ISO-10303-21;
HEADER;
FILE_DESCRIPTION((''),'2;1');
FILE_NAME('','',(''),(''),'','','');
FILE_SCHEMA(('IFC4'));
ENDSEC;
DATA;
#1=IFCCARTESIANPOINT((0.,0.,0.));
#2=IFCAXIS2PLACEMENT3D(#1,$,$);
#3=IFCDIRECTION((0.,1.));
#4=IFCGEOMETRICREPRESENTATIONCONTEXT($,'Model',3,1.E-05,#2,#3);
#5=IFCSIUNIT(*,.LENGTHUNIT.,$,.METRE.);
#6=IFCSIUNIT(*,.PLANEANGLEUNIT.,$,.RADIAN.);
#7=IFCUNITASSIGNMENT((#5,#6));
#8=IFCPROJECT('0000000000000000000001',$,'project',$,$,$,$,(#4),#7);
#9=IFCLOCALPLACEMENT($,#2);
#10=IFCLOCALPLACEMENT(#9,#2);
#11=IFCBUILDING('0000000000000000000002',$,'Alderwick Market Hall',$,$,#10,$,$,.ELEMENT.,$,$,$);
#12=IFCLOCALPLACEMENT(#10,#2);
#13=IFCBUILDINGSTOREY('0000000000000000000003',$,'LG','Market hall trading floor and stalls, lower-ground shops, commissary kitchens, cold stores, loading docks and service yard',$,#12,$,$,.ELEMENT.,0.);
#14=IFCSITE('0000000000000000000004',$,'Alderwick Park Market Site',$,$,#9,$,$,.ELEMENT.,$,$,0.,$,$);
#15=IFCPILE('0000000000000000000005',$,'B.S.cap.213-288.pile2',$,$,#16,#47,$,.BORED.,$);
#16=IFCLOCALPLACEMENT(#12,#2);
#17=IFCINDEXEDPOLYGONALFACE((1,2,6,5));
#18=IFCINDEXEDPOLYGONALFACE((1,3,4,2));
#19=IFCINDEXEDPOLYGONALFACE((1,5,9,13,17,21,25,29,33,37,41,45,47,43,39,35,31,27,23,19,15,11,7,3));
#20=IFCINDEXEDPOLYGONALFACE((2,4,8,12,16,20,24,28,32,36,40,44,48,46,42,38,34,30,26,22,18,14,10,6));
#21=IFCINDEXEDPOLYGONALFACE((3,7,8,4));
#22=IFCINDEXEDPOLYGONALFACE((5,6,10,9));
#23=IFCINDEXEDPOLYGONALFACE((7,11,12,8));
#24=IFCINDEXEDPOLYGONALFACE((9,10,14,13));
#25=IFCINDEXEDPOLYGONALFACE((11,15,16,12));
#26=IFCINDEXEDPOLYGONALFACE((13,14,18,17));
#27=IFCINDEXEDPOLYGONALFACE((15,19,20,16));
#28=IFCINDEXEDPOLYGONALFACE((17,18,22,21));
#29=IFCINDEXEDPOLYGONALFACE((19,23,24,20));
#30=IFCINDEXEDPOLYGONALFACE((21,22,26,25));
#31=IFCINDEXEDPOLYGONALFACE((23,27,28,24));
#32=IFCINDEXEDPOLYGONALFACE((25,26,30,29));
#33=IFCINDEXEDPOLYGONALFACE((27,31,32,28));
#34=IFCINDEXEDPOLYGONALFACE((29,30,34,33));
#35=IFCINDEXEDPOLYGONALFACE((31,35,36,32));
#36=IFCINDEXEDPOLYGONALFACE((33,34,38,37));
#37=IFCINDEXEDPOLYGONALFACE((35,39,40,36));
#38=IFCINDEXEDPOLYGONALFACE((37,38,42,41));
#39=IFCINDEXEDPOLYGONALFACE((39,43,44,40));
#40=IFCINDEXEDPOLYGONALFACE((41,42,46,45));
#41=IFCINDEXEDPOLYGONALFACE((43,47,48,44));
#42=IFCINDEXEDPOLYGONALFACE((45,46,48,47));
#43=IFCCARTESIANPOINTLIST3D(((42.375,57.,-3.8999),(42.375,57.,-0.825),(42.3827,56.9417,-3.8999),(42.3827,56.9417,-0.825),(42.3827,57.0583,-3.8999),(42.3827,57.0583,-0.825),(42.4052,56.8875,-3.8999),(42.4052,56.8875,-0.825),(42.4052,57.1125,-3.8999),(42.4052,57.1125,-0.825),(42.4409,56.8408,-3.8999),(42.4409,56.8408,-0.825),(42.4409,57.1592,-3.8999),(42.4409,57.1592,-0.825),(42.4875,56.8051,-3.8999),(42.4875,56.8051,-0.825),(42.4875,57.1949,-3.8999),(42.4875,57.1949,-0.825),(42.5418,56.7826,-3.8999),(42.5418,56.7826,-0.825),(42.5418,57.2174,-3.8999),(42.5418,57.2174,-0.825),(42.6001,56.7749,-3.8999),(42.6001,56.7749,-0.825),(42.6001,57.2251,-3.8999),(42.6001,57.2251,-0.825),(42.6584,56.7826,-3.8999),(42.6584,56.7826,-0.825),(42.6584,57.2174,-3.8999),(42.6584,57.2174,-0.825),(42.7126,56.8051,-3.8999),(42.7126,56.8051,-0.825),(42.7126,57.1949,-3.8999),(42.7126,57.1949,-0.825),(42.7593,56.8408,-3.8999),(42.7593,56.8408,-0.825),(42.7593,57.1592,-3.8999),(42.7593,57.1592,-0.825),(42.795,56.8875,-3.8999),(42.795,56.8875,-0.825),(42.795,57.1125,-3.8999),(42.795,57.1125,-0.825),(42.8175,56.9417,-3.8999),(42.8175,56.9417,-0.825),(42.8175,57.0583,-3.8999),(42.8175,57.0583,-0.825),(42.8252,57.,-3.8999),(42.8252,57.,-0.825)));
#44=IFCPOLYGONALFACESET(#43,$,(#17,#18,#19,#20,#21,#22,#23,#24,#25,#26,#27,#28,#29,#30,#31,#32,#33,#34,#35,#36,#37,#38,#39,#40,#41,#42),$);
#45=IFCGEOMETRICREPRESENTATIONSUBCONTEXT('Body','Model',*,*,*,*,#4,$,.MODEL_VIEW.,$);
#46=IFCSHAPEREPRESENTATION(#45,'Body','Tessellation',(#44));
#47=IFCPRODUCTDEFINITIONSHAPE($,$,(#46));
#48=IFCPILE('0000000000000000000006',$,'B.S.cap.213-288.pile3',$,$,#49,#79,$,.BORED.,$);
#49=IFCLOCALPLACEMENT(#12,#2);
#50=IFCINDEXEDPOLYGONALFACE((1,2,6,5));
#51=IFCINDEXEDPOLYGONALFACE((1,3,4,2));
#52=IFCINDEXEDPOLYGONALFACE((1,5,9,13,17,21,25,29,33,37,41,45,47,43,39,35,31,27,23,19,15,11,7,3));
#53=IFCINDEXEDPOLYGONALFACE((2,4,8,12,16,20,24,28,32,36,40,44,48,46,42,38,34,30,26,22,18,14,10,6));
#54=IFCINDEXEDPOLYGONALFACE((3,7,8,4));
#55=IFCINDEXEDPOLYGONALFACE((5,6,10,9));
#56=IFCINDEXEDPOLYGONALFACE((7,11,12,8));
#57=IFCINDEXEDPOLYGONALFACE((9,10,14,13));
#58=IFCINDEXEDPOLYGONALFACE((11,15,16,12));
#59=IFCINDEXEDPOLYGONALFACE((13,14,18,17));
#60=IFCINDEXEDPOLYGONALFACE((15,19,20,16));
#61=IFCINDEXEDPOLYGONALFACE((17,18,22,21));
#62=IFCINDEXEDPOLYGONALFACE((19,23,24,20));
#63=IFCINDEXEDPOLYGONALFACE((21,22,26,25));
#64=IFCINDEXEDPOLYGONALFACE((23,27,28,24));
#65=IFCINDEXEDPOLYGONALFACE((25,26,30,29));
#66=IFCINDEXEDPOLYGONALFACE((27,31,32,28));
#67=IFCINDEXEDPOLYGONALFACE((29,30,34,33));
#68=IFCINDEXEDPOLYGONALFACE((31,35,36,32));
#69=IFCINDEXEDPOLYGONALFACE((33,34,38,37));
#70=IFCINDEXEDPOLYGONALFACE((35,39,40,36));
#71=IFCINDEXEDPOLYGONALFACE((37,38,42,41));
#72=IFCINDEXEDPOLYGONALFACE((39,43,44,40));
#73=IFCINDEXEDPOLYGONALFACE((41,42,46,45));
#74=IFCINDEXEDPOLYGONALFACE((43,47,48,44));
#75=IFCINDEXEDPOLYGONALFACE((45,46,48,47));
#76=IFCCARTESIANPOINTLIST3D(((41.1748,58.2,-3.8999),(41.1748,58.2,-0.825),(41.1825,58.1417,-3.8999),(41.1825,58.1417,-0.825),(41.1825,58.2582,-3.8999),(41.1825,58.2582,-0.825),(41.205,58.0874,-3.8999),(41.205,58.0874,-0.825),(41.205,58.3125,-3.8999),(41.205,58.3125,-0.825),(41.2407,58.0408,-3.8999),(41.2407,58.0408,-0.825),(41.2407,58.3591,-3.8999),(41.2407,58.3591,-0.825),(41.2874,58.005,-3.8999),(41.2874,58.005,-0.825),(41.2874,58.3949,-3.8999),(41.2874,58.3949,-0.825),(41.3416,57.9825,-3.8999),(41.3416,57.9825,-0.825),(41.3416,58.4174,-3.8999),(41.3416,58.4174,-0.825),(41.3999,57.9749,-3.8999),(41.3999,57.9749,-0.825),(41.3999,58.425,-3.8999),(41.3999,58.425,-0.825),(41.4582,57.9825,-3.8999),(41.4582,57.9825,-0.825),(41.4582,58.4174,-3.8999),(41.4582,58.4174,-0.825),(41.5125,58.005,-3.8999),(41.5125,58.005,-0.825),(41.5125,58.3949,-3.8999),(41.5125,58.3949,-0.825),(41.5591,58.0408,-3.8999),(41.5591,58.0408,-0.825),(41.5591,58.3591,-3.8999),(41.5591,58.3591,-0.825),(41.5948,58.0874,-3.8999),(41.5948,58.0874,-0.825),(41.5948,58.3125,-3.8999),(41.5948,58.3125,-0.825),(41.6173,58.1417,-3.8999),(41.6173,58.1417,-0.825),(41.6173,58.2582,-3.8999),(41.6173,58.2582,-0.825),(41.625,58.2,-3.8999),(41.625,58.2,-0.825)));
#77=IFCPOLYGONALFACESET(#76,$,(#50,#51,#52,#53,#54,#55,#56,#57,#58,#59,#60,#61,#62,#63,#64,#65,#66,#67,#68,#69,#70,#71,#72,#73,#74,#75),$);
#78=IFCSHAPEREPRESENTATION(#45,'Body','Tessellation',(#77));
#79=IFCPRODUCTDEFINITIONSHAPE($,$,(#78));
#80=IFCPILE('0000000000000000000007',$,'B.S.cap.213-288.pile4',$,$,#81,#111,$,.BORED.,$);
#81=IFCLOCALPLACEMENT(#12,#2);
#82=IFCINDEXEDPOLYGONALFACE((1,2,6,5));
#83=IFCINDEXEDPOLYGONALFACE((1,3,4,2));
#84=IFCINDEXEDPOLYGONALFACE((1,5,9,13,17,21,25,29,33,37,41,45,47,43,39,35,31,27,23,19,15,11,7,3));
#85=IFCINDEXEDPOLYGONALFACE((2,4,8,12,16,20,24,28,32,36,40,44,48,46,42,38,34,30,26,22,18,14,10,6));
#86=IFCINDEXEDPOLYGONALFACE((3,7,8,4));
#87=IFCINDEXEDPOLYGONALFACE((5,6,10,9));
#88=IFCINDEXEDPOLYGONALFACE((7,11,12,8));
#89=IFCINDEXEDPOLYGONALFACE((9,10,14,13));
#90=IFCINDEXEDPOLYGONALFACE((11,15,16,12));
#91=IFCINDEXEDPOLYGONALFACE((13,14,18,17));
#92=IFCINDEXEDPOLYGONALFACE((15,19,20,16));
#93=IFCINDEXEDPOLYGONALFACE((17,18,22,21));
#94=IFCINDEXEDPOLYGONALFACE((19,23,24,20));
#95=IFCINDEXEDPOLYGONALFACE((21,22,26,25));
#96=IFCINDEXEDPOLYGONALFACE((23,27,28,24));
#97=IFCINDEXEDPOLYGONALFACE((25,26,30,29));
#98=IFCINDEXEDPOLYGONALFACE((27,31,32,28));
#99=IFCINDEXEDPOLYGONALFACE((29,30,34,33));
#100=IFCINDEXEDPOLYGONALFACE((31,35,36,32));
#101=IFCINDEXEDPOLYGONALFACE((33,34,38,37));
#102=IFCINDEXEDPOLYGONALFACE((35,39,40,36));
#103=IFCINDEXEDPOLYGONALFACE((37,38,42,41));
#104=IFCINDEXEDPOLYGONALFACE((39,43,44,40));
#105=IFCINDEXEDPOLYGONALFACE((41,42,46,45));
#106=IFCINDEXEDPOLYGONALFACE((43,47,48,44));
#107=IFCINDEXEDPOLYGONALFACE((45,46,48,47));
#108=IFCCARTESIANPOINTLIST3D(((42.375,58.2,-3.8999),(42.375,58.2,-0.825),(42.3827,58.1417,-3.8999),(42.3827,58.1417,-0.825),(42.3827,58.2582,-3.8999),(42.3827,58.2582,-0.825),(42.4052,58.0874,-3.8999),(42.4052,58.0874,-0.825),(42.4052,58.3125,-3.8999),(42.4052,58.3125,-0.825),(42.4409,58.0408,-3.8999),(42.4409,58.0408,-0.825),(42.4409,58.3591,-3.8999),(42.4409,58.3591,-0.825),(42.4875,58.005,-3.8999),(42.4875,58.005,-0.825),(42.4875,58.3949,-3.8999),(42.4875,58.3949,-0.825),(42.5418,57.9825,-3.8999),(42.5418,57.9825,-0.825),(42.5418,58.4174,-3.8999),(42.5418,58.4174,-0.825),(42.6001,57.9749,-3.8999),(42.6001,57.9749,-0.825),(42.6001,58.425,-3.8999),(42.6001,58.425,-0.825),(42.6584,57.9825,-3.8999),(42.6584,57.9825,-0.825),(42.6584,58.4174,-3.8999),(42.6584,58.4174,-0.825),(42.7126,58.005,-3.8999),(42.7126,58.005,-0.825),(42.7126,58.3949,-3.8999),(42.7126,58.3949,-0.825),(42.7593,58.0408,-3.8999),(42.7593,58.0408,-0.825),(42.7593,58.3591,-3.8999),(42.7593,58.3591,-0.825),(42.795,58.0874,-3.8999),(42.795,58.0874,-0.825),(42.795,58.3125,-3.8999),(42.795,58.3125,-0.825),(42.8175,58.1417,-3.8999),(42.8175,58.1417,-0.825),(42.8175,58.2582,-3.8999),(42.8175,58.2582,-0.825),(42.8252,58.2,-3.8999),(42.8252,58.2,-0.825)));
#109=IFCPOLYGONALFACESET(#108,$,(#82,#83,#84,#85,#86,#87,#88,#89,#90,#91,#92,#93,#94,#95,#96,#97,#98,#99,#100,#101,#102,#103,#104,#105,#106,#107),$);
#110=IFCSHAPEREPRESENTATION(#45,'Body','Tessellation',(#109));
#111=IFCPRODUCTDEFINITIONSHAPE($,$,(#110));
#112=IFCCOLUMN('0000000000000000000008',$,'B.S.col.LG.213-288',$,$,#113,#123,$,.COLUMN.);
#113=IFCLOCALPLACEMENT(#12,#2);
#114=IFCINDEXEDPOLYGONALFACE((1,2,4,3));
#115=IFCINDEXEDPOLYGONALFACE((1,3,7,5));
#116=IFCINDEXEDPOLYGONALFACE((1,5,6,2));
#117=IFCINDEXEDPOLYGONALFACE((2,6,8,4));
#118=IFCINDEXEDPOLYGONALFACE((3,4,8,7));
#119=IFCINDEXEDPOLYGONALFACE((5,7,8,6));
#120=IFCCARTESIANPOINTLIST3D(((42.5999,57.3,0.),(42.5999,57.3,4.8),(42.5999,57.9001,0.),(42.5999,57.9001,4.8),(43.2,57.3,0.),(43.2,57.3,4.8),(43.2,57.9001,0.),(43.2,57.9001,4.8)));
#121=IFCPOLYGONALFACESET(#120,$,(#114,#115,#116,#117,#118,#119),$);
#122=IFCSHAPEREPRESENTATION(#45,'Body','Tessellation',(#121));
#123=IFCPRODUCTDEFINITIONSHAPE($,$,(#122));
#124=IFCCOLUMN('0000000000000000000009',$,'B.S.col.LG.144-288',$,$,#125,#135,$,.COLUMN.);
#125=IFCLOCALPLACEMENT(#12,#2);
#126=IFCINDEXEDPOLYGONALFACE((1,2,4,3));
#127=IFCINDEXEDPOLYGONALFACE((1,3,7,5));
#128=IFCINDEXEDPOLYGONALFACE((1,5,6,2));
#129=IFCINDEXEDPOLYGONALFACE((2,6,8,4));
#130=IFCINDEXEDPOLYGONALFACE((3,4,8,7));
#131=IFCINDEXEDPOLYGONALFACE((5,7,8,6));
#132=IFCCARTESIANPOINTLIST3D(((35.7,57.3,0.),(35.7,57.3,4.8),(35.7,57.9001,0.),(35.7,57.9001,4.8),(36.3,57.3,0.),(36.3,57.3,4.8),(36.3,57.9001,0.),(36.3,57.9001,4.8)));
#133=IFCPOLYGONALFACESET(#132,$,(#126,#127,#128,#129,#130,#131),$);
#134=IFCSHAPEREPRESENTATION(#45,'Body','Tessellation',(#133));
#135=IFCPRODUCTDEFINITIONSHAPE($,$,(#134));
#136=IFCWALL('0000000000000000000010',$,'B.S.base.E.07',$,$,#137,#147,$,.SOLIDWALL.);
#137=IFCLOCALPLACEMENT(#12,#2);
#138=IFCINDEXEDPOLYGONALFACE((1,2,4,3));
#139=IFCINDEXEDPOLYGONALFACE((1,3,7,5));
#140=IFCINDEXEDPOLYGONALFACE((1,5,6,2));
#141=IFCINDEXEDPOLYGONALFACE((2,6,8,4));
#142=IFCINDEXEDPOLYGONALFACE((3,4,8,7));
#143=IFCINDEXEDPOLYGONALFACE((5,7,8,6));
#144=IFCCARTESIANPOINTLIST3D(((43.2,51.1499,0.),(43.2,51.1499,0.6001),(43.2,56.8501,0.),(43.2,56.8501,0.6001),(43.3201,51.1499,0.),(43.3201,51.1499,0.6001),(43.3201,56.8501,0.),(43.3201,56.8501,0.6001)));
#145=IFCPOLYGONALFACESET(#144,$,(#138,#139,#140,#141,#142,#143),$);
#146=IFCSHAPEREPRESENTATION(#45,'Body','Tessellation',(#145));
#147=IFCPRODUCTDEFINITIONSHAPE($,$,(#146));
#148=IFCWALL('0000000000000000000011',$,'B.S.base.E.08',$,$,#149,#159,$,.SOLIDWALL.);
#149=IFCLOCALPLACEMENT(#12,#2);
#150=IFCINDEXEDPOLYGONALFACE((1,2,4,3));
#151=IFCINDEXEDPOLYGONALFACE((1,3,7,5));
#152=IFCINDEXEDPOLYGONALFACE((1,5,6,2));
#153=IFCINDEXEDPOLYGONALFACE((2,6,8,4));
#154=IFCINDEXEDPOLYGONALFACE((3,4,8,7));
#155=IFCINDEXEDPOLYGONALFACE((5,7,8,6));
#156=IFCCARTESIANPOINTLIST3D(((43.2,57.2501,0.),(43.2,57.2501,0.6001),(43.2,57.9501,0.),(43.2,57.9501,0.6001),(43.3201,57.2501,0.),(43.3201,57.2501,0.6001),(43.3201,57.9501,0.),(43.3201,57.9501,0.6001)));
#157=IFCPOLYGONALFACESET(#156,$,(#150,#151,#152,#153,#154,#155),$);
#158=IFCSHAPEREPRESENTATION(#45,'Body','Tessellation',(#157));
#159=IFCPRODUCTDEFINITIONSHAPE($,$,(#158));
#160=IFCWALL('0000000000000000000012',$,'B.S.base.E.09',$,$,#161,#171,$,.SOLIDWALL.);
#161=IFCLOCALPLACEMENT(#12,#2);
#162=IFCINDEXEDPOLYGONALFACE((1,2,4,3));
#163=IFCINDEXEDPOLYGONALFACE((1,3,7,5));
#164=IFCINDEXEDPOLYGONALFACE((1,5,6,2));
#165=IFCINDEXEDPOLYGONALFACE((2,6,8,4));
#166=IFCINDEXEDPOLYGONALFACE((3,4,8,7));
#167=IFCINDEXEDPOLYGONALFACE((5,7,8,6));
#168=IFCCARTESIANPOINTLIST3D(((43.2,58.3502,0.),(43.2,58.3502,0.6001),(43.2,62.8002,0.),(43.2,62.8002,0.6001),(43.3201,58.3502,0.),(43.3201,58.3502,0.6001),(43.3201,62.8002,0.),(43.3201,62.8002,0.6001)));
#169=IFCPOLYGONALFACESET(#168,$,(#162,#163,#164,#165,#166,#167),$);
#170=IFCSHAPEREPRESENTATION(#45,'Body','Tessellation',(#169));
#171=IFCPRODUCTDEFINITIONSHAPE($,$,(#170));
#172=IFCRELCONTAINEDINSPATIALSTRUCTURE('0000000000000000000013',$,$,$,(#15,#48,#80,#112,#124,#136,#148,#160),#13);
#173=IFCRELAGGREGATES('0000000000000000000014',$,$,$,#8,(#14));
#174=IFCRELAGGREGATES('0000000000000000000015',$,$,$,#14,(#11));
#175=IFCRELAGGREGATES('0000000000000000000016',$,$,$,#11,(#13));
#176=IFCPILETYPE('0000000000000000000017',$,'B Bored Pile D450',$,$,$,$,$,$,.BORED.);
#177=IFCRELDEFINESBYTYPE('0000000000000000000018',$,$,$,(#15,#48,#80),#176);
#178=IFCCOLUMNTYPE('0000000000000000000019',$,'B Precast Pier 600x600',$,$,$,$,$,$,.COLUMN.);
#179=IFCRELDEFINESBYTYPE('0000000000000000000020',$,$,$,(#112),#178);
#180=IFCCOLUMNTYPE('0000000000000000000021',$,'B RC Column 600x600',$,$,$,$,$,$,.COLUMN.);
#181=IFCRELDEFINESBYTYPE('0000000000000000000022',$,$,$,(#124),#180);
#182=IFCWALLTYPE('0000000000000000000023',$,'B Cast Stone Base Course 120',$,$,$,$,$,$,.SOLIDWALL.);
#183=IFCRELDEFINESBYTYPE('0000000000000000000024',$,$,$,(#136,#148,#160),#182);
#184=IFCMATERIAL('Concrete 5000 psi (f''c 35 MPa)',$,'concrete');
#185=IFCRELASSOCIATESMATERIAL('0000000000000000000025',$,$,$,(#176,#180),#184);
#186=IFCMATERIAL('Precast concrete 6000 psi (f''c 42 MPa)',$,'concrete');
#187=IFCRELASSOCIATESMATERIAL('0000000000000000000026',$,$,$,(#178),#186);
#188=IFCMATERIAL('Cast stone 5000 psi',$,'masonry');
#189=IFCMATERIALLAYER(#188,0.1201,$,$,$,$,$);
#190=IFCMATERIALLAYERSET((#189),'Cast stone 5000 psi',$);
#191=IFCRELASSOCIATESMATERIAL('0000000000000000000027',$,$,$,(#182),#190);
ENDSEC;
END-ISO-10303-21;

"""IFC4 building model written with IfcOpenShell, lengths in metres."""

from ifc_helpers import new_model, si_unit, direction, frame, frame_2d, origin, origin_2d, place, context, subcontext, project, spatial, rectangle, circle, extrude, material, layer, layer_set, material_profile, profile_set, type_object, element, save


model = new_model("IFC4")

# Units and contexts
model_context = context("Model", 3, precision=1e-05, world=origin(), true_north=direction((0.0, 1.0)))
body_context = subcontext(model_context, "Body", "Model", "MODEL_VIEW")
ifc_project = project(units=[si_unit("LENGTHUNIT", "METRE"), si_unit("PLANEANGLEUNIT", "RADIAN")], contexts=[model_context])

# Site, building, storey
site_placement = place(None, origin())
site = spatial("IfcSite", under=ifc_project, at=site_placement, Name="Alderwick Park Market Site", CompositionType="ELEMENT", RefElevation=0.0)
building_placement = place(site_placement, origin())
building = spatial("IfcBuilding", under=site, at=building_placement, Name="Alderwick Market Hall", CompositionType="ELEMENT")
storey_placement = place(building_placement, origin())
storey = spatial("IfcBuildingStorey", under=building, at=storey_placement, Name="LG", Description="Market hall trading floor and stalls, lower-ground shops, commissary kitchens, cold stores, loading docks and service yard", CompositionType="ELEMENT", Elevation=0.0)

# Piles
ifc_material_1 = material(Name="Concrete 5000 psi (f'c 35 MPa)", Category="concrete")
ifc_material_profile_1 = material_profile(ifc_material_1, circle(Radius=0.2251, at=origin_2d()), Name="B Bored Pile D450")
ifc_profile_set_1 = profile_set([ifc_material_profile_1], Name="Concrete 5000 psi (f'c 35 MPa)")
pile_type = type_object("IfcPileType", Name="B Bored Pile D450", PredefinedType="BORED", material=ifc_profile_set_1)
for number, where, z_axis, x_axis, name in (
    (1, (42.6001, 57.0, -0.825), (0.0, 0.0, -1.0), (1.0, 0.0, 0.0), "B.S.cap.213-288.pile2"),
    (2, (41.3999, 58.2, -0.825), (0.0, 0.0, -1.0), (1.0, 0.0, 0.0), "B.S.cap.213-288.pile3"),
    (3, (42.6001, 58.2, -0.825), (0.0, 0.0, -1.0), (1.0, 0.0, 0.0), "B.S.cap.213-288.pile4"),
):
    element("IfcPile", number, at=place(storey_placement, frame(where, z_axis=z_axis, x_axis=x_axis)), inside=storey, type_object=pile_type, Name=name, PredefinedType="BORED", context=body_context, shape_type="SweptSolid", body=[
        extrude(circle(Radius=0.2251, at=origin_2d()), origin(), (0.0, 0.0, 1.0), 3.075),
    ])

# Columns
ifc_material_2 = material(Name="Precast concrete 6000 psi (f'c 42 MPa)", Category="concrete")
ifc_material_profile_2 = material_profile(ifc_material_2, rectangle(XDim=0.6001, YDim=0.6001, at=origin_2d()), Name="B Precast Pier 600x600")
ifc_profile_set_2 = profile_set([ifc_material_profile_2], Name="Precast concrete 6000 psi (f'c 42 MPa)")
column_type_1 = type_object("IfcColumnType", Name="B Precast Pier 600x600", PredefinedType="COLUMN", material=ifc_profile_set_2)
column_1_placement = place(storey_placement, frame((42.8999, 57.6001, 0.0), z_axis=(0.0, 0.0, 1.0), x_axis=(1.0, 0.0, 0.0)))
element("IfcColumn", 4, at=column_1_placement, inside=storey, type_object=column_type_1, Name="B.S.col.LG.213-288", PredefinedType="COLUMN", context=body_context, shape_type="SweptSolid", body=[
    extrude(rectangle(XDim=0.6001, YDim=0.6001, at=origin_2d()), origin(), (0.0, 0.0, 1.0), 4.8),
])
ifc_material_profile_3 = material_profile(ifc_material_1, rectangle(XDim=0.6001, YDim=0.6001, at=origin_2d()), Name="B RC Column 600x600")
ifc_profile_set_3 = profile_set([ifc_material_profile_3], Name="Concrete 5000 psi (f'c 35 MPa)")
column_type_2 = type_object("IfcColumnType", Name="B RC Column 600x600", PredefinedType="COLUMN", material=ifc_profile_set_3)
column_2_placement = place(storey_placement, frame((36.0, 57.6001, 0.0), z_axis=(0.0, 0.0, 1.0), x_axis=(1.0, 0.0, 0.0)))
element("IfcColumn", 5, at=column_2_placement, inside=storey, type_object=column_type_2, Name="B.S.col.LG.144-288", PredefinedType="COLUMN", context=body_context, shape_type="SweptSolid", body=[
    extrude(rectangle(XDim=0.6001, YDim=0.6001, at=origin_2d()), origin(), (0.0, 0.0, 1.0), 4.8),
])

# Walls
ifc_material_3 = material(Name="Cast stone 5000 psi", Category="masonry")
ifc_layer_1 = layer(ifc_material_3, 0.1201)
ifc_layer_set_1 = layer_set([ifc_layer_1], Name="Cast stone 5000 psi")
wall_type_1 = type_object("IfcWallType", Name="B Cast Stone Base Course 120", PredefinedType="SOLIDWALL", material=ifc_layer_set_1)
wall_1_placement = place(storey_placement, frame((43.26, 51.1499, 0.0), z_axis=(0.0, 0.0, 1.0), x_axis=(0.0, 1.0, 0.0)))
element("IfcWall", 6, at=wall_1_placement, inside=storey, type_object=wall_type_1, Name="B.S.base.E.07", PredefinedType="SOLIDWALL", context=body_context, shape_type="SweptSolid", body=[
    extrude(rectangle(XDim=5.7002, YDim=0.1201, at=frame_2d((2.8501, 0.0))), origin(), (0.0, 0.0, 1.0), 0.6001),
])
wall_2_placement = place(storey_placement, frame((43.26, 57.25, 0.0), z_axis=(0.0, 0.0, 1.0), x_axis=(0.0, 1.0, 0.0)))
element("IfcWall", 7, at=wall_2_placement, inside=storey, type_object=wall_type_1, Name="B.S.base.E.08", PredefinedType="SOLIDWALL", context=body_context, shape_type="SweptSolid", body=[
    extrude(rectangle(XDim=0.7, YDim=0.1201, at=frame_2d((0.3501, 0.0))), origin(), (0.0, 0.0, 1.0), 0.6001),
])
wall_3_placement = place(storey_placement, frame((43.26, 58.3501, 0.0), z_axis=(0.0, 0.0, 1.0), x_axis=(0.0, 1.0, 0.0)))
element("IfcWall", 8, at=wall_3_placement, inside=storey, type_object=wall_type_1, Name="B.S.base.E.09", PredefinedType="SOLIDWALL", context=body_context, shape_type="SweptSolid", body=[
    extrude(rectangle(XDim=4.45, YDim=0.1201, at=frame_2d((2.2251, 0.0))), origin(), (0.0, 0.0, 1.0), 0.6001),
])

save(model, "model.ifc")
